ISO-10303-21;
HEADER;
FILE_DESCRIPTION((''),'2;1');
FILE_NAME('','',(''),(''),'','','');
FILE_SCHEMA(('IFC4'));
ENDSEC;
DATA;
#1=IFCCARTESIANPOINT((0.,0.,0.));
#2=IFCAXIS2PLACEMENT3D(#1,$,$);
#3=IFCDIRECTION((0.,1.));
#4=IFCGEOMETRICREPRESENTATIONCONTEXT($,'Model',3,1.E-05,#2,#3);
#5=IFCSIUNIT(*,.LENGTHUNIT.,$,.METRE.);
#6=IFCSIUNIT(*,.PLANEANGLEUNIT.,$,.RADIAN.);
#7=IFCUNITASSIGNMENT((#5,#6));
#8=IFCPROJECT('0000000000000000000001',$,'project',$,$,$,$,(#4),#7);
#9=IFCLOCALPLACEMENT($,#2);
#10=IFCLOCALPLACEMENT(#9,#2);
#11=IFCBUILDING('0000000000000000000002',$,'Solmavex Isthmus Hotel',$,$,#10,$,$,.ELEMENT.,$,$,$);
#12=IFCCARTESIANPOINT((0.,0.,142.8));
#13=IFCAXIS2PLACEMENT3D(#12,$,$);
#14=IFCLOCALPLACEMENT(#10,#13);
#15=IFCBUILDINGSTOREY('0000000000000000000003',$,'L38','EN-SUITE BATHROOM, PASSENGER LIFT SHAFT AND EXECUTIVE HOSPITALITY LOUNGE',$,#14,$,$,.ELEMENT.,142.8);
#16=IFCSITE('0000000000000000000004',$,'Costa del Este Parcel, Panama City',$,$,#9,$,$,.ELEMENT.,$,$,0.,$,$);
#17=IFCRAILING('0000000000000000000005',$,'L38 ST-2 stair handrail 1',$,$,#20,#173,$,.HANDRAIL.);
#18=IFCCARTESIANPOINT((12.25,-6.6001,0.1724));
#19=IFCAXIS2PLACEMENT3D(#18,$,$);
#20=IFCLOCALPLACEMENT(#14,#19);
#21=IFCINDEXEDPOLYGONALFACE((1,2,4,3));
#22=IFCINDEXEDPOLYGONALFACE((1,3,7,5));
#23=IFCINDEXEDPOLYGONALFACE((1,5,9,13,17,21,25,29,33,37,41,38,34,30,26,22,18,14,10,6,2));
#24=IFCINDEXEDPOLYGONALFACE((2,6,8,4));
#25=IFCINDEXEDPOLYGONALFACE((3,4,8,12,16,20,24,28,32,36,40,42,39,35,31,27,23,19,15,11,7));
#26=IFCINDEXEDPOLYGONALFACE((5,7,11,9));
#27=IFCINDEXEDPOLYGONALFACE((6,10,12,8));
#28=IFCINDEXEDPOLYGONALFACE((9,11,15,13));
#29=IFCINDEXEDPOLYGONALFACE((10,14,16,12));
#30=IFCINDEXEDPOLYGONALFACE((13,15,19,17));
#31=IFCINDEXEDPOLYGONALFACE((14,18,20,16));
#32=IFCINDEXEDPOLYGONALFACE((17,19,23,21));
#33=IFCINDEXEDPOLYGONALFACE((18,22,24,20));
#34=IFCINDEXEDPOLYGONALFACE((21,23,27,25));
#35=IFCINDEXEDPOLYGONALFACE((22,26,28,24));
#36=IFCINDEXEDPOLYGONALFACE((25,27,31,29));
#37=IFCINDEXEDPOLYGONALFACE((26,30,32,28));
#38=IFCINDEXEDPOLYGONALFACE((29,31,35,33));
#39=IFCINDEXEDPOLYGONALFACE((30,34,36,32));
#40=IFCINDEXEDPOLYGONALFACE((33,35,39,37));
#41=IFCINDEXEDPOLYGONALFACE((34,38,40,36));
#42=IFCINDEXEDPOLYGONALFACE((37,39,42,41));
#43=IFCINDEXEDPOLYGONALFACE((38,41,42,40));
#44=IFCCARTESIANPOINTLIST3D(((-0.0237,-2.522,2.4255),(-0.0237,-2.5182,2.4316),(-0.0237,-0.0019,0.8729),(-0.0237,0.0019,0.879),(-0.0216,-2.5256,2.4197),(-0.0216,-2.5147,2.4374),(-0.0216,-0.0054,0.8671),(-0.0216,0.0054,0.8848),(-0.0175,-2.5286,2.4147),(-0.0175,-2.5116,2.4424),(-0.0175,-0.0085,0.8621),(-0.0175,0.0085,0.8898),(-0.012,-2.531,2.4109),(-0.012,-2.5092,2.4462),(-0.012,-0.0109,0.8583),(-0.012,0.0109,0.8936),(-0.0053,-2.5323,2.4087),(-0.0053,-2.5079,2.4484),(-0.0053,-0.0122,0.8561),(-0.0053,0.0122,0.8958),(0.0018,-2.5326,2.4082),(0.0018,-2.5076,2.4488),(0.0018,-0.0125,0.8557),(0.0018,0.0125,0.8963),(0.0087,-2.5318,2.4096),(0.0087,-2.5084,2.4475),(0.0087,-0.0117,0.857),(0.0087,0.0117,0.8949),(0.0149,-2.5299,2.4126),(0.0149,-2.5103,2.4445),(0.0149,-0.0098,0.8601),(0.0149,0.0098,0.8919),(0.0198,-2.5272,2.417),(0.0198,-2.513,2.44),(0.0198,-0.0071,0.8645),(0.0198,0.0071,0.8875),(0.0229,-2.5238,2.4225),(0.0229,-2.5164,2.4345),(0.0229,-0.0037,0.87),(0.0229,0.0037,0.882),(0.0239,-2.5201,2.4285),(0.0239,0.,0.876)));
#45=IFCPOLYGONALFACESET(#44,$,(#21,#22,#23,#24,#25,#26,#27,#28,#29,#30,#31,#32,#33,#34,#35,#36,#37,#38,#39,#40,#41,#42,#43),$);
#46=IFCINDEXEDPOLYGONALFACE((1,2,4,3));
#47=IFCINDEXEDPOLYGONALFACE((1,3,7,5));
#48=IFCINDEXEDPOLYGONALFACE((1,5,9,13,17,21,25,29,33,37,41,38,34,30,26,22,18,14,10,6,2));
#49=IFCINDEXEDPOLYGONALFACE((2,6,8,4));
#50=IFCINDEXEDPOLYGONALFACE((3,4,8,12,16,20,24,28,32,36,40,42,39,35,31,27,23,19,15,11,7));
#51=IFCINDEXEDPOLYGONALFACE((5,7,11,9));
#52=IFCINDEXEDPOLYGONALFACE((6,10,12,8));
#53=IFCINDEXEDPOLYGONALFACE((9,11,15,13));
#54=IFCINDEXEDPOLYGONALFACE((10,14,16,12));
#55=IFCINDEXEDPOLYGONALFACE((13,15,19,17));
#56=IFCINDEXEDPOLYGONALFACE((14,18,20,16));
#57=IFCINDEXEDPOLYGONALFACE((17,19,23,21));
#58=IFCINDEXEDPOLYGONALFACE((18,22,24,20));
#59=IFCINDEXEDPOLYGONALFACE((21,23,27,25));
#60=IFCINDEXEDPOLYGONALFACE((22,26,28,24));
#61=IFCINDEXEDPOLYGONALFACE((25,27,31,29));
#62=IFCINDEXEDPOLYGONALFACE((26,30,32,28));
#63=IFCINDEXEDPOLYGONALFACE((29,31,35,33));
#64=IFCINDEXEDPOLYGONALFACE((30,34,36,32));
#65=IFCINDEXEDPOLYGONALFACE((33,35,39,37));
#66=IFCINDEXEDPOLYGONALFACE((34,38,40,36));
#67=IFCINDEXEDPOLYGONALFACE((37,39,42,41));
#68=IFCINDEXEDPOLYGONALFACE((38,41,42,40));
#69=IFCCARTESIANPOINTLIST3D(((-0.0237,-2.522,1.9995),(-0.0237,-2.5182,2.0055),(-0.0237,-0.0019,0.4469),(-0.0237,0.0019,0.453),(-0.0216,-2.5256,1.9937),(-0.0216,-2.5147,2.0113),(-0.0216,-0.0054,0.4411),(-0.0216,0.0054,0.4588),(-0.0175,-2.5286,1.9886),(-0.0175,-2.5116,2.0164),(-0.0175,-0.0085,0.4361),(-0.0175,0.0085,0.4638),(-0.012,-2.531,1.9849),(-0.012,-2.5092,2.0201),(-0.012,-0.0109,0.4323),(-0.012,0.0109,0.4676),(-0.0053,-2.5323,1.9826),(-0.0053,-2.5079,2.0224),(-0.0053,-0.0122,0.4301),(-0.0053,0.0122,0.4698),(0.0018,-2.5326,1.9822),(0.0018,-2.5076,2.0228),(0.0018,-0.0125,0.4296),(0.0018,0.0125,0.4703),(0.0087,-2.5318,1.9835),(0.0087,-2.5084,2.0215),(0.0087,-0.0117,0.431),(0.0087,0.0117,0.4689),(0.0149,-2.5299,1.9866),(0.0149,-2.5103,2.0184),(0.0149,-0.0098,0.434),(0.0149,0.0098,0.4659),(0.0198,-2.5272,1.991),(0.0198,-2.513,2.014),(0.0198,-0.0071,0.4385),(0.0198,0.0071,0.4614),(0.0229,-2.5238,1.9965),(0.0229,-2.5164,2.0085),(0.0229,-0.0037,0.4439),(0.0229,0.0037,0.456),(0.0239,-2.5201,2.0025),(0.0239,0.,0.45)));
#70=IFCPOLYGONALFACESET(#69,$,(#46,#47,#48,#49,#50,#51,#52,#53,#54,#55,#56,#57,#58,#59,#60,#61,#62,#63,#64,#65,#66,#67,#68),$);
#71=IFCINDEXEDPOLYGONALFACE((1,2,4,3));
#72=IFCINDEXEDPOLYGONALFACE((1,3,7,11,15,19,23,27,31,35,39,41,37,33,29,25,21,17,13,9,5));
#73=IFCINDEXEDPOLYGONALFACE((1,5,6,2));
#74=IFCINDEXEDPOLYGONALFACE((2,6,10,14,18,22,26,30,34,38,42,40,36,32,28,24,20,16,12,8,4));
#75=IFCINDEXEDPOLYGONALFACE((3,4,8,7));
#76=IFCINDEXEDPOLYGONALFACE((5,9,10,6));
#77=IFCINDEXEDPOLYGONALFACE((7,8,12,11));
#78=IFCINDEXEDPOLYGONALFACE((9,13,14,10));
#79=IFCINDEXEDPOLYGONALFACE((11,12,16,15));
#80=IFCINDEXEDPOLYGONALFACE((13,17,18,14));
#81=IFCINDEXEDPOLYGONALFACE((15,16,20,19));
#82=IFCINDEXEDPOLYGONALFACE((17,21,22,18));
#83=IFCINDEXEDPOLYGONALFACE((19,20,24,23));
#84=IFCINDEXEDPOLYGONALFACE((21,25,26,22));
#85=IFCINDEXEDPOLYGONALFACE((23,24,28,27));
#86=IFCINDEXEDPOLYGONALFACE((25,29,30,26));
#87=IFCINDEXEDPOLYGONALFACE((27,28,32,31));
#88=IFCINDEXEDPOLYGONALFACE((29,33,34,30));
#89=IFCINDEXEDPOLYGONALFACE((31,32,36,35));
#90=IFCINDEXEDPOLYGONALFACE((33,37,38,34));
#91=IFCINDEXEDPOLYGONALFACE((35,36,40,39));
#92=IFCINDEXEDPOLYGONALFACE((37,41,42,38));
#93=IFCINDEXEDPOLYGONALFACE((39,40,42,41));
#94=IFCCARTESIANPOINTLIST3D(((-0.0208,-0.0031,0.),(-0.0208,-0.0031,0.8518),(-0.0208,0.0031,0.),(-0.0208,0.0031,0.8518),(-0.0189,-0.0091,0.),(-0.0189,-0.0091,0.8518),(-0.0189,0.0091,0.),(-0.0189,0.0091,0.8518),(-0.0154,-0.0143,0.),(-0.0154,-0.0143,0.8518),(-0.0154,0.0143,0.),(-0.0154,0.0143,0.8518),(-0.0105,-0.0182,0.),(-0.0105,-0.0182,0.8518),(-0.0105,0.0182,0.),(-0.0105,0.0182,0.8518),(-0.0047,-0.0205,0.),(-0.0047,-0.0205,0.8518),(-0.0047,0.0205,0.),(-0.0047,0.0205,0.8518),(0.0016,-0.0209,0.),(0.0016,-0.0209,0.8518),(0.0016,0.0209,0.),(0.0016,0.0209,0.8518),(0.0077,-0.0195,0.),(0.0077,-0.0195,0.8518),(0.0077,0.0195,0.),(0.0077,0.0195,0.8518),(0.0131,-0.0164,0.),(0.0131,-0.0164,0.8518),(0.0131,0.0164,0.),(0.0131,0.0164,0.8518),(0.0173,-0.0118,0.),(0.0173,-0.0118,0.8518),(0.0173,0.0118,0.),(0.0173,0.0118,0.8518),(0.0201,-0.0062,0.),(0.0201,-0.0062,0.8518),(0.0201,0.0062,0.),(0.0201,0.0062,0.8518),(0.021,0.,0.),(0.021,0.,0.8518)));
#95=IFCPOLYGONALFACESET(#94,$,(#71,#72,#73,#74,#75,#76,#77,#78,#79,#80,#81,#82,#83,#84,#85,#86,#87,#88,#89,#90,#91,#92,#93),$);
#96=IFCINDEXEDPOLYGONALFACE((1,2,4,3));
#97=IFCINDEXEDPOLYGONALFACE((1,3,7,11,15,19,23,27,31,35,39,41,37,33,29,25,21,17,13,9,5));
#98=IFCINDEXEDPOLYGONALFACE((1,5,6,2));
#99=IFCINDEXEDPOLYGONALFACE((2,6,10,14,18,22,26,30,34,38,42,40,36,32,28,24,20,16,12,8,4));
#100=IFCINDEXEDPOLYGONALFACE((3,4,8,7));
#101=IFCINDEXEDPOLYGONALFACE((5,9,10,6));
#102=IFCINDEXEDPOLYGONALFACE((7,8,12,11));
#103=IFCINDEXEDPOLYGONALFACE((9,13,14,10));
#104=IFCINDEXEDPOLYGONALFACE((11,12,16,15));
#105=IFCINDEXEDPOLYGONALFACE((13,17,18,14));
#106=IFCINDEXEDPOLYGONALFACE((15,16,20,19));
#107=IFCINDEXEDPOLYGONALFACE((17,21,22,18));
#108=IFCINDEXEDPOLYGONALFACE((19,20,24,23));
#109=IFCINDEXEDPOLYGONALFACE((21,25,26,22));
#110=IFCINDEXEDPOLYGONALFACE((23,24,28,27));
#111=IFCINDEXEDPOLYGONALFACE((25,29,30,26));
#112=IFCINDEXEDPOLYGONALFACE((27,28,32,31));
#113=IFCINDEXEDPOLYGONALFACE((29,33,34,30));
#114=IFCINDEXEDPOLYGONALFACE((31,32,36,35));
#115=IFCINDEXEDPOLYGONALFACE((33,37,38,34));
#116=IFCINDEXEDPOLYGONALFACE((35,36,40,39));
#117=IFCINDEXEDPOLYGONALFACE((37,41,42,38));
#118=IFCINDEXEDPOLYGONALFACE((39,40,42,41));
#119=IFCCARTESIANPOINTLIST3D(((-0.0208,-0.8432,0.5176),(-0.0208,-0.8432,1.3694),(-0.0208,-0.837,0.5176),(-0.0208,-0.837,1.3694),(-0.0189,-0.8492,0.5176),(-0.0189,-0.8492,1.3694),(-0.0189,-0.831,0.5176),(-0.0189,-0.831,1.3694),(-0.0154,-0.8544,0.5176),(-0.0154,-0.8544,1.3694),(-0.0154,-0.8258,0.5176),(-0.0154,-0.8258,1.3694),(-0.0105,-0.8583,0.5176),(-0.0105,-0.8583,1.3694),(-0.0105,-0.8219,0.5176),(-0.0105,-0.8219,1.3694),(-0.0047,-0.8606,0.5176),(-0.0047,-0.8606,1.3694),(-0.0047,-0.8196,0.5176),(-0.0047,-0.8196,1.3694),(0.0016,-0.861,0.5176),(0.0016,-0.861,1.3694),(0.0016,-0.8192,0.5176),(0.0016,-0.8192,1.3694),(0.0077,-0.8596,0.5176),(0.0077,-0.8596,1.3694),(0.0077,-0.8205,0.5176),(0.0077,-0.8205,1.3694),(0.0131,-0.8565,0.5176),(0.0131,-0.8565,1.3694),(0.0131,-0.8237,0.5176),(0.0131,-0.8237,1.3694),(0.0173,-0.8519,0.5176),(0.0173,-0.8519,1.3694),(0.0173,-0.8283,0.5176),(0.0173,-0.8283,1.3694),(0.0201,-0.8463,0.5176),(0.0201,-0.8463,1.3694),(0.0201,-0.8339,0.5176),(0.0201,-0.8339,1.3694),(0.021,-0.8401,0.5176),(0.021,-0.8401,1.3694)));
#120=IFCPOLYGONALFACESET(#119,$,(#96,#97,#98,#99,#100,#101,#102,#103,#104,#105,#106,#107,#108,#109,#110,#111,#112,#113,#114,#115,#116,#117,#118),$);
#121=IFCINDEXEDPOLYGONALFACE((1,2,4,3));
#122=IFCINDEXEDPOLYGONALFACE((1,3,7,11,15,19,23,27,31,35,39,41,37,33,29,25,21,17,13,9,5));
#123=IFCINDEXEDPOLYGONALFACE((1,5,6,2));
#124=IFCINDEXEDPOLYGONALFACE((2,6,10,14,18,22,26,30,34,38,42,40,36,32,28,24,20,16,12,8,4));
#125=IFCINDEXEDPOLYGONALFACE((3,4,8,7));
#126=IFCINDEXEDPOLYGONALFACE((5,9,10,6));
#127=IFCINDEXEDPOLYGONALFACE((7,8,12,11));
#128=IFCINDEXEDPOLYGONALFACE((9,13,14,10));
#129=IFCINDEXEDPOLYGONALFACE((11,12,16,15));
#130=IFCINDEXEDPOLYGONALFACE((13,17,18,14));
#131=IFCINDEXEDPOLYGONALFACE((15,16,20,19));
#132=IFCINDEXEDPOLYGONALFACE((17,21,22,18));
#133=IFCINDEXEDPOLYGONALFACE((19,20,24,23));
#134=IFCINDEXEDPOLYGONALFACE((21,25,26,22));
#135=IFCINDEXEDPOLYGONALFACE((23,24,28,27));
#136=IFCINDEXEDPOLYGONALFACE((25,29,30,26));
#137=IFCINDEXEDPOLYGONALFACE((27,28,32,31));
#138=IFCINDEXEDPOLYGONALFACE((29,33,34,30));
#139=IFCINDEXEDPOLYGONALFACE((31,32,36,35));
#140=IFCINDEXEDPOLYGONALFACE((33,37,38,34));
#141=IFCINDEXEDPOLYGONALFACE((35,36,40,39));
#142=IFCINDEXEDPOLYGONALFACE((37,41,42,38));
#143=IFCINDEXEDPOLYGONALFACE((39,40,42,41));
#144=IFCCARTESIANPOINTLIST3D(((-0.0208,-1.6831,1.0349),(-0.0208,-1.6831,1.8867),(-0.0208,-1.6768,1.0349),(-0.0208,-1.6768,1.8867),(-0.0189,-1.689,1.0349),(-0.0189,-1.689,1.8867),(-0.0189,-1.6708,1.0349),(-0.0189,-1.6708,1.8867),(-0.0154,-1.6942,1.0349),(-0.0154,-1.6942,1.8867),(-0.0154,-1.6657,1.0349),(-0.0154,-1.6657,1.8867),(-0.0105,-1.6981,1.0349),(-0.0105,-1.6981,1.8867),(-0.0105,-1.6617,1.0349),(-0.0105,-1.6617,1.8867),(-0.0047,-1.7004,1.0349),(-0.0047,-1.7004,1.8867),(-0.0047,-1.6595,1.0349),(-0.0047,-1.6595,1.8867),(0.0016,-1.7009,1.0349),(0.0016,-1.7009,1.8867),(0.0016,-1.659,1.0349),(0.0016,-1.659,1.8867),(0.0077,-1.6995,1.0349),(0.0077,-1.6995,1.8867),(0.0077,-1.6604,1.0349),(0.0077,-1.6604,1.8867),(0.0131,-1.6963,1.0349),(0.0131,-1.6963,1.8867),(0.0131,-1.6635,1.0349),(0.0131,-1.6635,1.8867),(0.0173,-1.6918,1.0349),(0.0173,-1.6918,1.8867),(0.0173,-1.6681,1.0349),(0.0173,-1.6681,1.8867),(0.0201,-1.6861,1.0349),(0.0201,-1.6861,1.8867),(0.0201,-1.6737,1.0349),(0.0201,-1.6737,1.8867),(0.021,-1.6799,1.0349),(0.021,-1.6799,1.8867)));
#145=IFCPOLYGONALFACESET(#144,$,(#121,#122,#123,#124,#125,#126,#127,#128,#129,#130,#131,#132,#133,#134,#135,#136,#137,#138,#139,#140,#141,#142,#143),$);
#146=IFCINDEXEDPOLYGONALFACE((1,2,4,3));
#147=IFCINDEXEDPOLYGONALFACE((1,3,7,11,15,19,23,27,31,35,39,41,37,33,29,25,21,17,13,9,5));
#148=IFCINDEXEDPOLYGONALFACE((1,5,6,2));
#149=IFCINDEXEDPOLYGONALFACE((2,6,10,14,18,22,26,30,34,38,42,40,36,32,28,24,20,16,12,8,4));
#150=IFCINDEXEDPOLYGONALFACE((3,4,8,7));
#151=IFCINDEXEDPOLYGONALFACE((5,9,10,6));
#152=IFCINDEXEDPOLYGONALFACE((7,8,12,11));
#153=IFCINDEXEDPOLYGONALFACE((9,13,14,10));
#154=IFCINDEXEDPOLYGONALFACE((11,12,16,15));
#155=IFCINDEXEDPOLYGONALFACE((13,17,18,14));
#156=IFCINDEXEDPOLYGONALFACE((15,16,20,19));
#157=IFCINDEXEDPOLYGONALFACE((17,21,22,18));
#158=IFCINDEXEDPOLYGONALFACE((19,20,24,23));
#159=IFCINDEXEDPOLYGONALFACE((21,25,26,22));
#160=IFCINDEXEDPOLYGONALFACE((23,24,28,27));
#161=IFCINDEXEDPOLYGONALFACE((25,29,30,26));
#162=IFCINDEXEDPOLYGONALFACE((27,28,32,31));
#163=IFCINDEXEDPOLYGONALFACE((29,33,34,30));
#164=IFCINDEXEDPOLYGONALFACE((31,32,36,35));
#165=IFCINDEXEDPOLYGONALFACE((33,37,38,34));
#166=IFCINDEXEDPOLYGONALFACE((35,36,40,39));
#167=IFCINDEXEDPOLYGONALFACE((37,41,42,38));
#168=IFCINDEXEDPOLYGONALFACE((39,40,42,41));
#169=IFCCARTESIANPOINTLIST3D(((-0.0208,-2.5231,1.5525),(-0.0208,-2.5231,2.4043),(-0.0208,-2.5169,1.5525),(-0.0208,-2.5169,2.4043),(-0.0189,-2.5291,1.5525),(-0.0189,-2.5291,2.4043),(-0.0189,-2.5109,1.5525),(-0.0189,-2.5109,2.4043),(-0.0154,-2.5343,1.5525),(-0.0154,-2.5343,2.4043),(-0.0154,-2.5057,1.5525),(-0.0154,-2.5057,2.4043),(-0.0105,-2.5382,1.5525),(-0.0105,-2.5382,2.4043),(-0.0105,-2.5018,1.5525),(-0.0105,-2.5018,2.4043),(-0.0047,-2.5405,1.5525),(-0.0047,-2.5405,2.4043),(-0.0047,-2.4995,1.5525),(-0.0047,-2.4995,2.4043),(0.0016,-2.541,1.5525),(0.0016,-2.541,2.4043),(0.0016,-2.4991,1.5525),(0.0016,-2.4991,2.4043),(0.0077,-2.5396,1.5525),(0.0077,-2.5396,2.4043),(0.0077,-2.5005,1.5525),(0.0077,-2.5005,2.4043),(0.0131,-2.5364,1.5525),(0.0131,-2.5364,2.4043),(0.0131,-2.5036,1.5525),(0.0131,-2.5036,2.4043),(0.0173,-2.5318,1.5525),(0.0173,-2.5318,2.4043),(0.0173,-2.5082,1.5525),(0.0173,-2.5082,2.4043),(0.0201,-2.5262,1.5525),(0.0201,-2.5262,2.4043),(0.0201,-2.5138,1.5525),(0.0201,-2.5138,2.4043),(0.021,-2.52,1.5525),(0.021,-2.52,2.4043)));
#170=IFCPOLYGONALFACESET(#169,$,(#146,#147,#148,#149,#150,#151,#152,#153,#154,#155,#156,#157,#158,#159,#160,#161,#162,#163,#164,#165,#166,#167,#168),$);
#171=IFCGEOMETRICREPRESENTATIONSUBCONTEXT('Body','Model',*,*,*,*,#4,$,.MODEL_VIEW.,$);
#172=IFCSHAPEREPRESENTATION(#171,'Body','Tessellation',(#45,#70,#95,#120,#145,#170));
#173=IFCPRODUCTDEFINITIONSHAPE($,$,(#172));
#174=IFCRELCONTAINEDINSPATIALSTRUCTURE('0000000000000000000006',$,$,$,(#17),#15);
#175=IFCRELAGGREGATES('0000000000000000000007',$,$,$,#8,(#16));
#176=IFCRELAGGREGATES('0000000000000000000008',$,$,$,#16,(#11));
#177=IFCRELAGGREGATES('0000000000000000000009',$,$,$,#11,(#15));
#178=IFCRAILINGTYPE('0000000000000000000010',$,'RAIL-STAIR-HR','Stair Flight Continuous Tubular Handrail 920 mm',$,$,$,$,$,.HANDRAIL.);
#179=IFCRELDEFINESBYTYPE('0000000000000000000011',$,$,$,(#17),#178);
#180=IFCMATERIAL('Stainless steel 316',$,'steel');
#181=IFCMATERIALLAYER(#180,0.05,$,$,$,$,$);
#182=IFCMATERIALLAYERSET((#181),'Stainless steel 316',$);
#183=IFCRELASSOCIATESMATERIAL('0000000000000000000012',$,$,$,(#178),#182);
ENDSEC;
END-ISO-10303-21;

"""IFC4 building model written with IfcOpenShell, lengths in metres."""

from ifc_helpers import new_model, si_unit, direction, frame, origin, origin_2d, place, context, subcontext, project, spatial, circle, extrude, material, layer, layer_set, type_object, element, save


model = new_model("IFC4")

# Units and contexts
model_context = context("Model", 3, precision=1e-05, world=origin(), true_north=direction((0.0, 1.0)))
body_context = subcontext(model_context, "Body", "Model", "MODEL_VIEW")
ifc_project = project(units=[si_unit("LENGTHUNIT", "METRE"), si_unit("PLANEANGLEUNIT", "RADIAN")], contexts=[model_context])

# Site, building, storey
site_placement = place(None, origin())
site = spatial("IfcSite", under=ifc_project, at=site_placement, Name="Costa del Este Parcel, Panama City", CompositionType="ELEMENT", RefElevation=0.0)
building_placement = place(site_placement, origin())
building = spatial("IfcBuilding", under=site, at=building_placement, Name="Solmavex Isthmus Hotel", CompositionType="ELEMENT")
storey_placement = place(building_placement, frame((0.0, 0.0, 142.8)))
storey = spatial("IfcBuildingStorey", under=building, at=storey_placement, Name="L38", Description="EN-SUITE BATHROOM, PASSENGER LIFT SHAFT AND EXECUTIVE HOSPITALITY LOUNGE", CompositionType="ELEMENT", Elevation=142.8)

# Shared definitions
ifc_material_1 = material(Name="Stainless steel 316", Category="steel")

# Railing
ifc_layer_1 = layer(ifc_material_1, 0.05)
ifc_layer_set_1 = layer_set([ifc_layer_1], Name="Stainless steel 316")
railing_type_1 = type_object("IfcRailingType", Name="RAIL-STAIR-HR", Description="Stair Flight Continuous Tubular Handrail 920 mm", PredefinedType="HANDRAIL", material=ifc_layer_set_1)
railing_1_placement = place(storey_placement, frame((12.25, -6.6001, 0.1724)))
element("IfcRailing", 1, at=railing_1_placement, inside=storey, type_object=railing_type_1, Name="L38 ST-2 stair handrail 1", PredefinedType="HANDRAIL", context=body_context, shape_type="SweptSolid", body=[
    extrude(circle(Radius=0.0239, at=origin_2d()), frame((0.0, 0.0, 0.876), z_axis=(0.0, -0.8514, 0.524516), x_axis=(1.0, 0.0, 0.0)), (0.0, 0.0, 1.0), 2.96),
    extrude(circle(Radius=0.0239, at=origin_2d()), frame((0.0, 0.0, 0.45), z_axis=(0.0, -0.8514, 0.524516), x_axis=(1.0, 0.0, 0.0)), (0.0, 0.0, 1.0), 2.96),
    extrude(circle(Radius=0.021, at=origin_2d()), origin(), (0.0, 0.0, 1.0), 0.8518),
    extrude(circle(Radius=0.021, at=origin_2d()), frame((0.0, -0.8401, 0.5176)), (0.0, 0.0, 1.0), 0.8518),
    extrude(circle(Radius=0.021, at=origin_2d()), frame((0.0, -1.6799, 1.0349)), (0.0, 0.0, 1.0), 0.8518),
    extrude(circle(Radius=0.021, at=origin_2d()), frame((0.0, -2.52, 1.5525)), (0.0, 0.0, 1.0), 0.8518),
])

save(model, "model.ifc")
